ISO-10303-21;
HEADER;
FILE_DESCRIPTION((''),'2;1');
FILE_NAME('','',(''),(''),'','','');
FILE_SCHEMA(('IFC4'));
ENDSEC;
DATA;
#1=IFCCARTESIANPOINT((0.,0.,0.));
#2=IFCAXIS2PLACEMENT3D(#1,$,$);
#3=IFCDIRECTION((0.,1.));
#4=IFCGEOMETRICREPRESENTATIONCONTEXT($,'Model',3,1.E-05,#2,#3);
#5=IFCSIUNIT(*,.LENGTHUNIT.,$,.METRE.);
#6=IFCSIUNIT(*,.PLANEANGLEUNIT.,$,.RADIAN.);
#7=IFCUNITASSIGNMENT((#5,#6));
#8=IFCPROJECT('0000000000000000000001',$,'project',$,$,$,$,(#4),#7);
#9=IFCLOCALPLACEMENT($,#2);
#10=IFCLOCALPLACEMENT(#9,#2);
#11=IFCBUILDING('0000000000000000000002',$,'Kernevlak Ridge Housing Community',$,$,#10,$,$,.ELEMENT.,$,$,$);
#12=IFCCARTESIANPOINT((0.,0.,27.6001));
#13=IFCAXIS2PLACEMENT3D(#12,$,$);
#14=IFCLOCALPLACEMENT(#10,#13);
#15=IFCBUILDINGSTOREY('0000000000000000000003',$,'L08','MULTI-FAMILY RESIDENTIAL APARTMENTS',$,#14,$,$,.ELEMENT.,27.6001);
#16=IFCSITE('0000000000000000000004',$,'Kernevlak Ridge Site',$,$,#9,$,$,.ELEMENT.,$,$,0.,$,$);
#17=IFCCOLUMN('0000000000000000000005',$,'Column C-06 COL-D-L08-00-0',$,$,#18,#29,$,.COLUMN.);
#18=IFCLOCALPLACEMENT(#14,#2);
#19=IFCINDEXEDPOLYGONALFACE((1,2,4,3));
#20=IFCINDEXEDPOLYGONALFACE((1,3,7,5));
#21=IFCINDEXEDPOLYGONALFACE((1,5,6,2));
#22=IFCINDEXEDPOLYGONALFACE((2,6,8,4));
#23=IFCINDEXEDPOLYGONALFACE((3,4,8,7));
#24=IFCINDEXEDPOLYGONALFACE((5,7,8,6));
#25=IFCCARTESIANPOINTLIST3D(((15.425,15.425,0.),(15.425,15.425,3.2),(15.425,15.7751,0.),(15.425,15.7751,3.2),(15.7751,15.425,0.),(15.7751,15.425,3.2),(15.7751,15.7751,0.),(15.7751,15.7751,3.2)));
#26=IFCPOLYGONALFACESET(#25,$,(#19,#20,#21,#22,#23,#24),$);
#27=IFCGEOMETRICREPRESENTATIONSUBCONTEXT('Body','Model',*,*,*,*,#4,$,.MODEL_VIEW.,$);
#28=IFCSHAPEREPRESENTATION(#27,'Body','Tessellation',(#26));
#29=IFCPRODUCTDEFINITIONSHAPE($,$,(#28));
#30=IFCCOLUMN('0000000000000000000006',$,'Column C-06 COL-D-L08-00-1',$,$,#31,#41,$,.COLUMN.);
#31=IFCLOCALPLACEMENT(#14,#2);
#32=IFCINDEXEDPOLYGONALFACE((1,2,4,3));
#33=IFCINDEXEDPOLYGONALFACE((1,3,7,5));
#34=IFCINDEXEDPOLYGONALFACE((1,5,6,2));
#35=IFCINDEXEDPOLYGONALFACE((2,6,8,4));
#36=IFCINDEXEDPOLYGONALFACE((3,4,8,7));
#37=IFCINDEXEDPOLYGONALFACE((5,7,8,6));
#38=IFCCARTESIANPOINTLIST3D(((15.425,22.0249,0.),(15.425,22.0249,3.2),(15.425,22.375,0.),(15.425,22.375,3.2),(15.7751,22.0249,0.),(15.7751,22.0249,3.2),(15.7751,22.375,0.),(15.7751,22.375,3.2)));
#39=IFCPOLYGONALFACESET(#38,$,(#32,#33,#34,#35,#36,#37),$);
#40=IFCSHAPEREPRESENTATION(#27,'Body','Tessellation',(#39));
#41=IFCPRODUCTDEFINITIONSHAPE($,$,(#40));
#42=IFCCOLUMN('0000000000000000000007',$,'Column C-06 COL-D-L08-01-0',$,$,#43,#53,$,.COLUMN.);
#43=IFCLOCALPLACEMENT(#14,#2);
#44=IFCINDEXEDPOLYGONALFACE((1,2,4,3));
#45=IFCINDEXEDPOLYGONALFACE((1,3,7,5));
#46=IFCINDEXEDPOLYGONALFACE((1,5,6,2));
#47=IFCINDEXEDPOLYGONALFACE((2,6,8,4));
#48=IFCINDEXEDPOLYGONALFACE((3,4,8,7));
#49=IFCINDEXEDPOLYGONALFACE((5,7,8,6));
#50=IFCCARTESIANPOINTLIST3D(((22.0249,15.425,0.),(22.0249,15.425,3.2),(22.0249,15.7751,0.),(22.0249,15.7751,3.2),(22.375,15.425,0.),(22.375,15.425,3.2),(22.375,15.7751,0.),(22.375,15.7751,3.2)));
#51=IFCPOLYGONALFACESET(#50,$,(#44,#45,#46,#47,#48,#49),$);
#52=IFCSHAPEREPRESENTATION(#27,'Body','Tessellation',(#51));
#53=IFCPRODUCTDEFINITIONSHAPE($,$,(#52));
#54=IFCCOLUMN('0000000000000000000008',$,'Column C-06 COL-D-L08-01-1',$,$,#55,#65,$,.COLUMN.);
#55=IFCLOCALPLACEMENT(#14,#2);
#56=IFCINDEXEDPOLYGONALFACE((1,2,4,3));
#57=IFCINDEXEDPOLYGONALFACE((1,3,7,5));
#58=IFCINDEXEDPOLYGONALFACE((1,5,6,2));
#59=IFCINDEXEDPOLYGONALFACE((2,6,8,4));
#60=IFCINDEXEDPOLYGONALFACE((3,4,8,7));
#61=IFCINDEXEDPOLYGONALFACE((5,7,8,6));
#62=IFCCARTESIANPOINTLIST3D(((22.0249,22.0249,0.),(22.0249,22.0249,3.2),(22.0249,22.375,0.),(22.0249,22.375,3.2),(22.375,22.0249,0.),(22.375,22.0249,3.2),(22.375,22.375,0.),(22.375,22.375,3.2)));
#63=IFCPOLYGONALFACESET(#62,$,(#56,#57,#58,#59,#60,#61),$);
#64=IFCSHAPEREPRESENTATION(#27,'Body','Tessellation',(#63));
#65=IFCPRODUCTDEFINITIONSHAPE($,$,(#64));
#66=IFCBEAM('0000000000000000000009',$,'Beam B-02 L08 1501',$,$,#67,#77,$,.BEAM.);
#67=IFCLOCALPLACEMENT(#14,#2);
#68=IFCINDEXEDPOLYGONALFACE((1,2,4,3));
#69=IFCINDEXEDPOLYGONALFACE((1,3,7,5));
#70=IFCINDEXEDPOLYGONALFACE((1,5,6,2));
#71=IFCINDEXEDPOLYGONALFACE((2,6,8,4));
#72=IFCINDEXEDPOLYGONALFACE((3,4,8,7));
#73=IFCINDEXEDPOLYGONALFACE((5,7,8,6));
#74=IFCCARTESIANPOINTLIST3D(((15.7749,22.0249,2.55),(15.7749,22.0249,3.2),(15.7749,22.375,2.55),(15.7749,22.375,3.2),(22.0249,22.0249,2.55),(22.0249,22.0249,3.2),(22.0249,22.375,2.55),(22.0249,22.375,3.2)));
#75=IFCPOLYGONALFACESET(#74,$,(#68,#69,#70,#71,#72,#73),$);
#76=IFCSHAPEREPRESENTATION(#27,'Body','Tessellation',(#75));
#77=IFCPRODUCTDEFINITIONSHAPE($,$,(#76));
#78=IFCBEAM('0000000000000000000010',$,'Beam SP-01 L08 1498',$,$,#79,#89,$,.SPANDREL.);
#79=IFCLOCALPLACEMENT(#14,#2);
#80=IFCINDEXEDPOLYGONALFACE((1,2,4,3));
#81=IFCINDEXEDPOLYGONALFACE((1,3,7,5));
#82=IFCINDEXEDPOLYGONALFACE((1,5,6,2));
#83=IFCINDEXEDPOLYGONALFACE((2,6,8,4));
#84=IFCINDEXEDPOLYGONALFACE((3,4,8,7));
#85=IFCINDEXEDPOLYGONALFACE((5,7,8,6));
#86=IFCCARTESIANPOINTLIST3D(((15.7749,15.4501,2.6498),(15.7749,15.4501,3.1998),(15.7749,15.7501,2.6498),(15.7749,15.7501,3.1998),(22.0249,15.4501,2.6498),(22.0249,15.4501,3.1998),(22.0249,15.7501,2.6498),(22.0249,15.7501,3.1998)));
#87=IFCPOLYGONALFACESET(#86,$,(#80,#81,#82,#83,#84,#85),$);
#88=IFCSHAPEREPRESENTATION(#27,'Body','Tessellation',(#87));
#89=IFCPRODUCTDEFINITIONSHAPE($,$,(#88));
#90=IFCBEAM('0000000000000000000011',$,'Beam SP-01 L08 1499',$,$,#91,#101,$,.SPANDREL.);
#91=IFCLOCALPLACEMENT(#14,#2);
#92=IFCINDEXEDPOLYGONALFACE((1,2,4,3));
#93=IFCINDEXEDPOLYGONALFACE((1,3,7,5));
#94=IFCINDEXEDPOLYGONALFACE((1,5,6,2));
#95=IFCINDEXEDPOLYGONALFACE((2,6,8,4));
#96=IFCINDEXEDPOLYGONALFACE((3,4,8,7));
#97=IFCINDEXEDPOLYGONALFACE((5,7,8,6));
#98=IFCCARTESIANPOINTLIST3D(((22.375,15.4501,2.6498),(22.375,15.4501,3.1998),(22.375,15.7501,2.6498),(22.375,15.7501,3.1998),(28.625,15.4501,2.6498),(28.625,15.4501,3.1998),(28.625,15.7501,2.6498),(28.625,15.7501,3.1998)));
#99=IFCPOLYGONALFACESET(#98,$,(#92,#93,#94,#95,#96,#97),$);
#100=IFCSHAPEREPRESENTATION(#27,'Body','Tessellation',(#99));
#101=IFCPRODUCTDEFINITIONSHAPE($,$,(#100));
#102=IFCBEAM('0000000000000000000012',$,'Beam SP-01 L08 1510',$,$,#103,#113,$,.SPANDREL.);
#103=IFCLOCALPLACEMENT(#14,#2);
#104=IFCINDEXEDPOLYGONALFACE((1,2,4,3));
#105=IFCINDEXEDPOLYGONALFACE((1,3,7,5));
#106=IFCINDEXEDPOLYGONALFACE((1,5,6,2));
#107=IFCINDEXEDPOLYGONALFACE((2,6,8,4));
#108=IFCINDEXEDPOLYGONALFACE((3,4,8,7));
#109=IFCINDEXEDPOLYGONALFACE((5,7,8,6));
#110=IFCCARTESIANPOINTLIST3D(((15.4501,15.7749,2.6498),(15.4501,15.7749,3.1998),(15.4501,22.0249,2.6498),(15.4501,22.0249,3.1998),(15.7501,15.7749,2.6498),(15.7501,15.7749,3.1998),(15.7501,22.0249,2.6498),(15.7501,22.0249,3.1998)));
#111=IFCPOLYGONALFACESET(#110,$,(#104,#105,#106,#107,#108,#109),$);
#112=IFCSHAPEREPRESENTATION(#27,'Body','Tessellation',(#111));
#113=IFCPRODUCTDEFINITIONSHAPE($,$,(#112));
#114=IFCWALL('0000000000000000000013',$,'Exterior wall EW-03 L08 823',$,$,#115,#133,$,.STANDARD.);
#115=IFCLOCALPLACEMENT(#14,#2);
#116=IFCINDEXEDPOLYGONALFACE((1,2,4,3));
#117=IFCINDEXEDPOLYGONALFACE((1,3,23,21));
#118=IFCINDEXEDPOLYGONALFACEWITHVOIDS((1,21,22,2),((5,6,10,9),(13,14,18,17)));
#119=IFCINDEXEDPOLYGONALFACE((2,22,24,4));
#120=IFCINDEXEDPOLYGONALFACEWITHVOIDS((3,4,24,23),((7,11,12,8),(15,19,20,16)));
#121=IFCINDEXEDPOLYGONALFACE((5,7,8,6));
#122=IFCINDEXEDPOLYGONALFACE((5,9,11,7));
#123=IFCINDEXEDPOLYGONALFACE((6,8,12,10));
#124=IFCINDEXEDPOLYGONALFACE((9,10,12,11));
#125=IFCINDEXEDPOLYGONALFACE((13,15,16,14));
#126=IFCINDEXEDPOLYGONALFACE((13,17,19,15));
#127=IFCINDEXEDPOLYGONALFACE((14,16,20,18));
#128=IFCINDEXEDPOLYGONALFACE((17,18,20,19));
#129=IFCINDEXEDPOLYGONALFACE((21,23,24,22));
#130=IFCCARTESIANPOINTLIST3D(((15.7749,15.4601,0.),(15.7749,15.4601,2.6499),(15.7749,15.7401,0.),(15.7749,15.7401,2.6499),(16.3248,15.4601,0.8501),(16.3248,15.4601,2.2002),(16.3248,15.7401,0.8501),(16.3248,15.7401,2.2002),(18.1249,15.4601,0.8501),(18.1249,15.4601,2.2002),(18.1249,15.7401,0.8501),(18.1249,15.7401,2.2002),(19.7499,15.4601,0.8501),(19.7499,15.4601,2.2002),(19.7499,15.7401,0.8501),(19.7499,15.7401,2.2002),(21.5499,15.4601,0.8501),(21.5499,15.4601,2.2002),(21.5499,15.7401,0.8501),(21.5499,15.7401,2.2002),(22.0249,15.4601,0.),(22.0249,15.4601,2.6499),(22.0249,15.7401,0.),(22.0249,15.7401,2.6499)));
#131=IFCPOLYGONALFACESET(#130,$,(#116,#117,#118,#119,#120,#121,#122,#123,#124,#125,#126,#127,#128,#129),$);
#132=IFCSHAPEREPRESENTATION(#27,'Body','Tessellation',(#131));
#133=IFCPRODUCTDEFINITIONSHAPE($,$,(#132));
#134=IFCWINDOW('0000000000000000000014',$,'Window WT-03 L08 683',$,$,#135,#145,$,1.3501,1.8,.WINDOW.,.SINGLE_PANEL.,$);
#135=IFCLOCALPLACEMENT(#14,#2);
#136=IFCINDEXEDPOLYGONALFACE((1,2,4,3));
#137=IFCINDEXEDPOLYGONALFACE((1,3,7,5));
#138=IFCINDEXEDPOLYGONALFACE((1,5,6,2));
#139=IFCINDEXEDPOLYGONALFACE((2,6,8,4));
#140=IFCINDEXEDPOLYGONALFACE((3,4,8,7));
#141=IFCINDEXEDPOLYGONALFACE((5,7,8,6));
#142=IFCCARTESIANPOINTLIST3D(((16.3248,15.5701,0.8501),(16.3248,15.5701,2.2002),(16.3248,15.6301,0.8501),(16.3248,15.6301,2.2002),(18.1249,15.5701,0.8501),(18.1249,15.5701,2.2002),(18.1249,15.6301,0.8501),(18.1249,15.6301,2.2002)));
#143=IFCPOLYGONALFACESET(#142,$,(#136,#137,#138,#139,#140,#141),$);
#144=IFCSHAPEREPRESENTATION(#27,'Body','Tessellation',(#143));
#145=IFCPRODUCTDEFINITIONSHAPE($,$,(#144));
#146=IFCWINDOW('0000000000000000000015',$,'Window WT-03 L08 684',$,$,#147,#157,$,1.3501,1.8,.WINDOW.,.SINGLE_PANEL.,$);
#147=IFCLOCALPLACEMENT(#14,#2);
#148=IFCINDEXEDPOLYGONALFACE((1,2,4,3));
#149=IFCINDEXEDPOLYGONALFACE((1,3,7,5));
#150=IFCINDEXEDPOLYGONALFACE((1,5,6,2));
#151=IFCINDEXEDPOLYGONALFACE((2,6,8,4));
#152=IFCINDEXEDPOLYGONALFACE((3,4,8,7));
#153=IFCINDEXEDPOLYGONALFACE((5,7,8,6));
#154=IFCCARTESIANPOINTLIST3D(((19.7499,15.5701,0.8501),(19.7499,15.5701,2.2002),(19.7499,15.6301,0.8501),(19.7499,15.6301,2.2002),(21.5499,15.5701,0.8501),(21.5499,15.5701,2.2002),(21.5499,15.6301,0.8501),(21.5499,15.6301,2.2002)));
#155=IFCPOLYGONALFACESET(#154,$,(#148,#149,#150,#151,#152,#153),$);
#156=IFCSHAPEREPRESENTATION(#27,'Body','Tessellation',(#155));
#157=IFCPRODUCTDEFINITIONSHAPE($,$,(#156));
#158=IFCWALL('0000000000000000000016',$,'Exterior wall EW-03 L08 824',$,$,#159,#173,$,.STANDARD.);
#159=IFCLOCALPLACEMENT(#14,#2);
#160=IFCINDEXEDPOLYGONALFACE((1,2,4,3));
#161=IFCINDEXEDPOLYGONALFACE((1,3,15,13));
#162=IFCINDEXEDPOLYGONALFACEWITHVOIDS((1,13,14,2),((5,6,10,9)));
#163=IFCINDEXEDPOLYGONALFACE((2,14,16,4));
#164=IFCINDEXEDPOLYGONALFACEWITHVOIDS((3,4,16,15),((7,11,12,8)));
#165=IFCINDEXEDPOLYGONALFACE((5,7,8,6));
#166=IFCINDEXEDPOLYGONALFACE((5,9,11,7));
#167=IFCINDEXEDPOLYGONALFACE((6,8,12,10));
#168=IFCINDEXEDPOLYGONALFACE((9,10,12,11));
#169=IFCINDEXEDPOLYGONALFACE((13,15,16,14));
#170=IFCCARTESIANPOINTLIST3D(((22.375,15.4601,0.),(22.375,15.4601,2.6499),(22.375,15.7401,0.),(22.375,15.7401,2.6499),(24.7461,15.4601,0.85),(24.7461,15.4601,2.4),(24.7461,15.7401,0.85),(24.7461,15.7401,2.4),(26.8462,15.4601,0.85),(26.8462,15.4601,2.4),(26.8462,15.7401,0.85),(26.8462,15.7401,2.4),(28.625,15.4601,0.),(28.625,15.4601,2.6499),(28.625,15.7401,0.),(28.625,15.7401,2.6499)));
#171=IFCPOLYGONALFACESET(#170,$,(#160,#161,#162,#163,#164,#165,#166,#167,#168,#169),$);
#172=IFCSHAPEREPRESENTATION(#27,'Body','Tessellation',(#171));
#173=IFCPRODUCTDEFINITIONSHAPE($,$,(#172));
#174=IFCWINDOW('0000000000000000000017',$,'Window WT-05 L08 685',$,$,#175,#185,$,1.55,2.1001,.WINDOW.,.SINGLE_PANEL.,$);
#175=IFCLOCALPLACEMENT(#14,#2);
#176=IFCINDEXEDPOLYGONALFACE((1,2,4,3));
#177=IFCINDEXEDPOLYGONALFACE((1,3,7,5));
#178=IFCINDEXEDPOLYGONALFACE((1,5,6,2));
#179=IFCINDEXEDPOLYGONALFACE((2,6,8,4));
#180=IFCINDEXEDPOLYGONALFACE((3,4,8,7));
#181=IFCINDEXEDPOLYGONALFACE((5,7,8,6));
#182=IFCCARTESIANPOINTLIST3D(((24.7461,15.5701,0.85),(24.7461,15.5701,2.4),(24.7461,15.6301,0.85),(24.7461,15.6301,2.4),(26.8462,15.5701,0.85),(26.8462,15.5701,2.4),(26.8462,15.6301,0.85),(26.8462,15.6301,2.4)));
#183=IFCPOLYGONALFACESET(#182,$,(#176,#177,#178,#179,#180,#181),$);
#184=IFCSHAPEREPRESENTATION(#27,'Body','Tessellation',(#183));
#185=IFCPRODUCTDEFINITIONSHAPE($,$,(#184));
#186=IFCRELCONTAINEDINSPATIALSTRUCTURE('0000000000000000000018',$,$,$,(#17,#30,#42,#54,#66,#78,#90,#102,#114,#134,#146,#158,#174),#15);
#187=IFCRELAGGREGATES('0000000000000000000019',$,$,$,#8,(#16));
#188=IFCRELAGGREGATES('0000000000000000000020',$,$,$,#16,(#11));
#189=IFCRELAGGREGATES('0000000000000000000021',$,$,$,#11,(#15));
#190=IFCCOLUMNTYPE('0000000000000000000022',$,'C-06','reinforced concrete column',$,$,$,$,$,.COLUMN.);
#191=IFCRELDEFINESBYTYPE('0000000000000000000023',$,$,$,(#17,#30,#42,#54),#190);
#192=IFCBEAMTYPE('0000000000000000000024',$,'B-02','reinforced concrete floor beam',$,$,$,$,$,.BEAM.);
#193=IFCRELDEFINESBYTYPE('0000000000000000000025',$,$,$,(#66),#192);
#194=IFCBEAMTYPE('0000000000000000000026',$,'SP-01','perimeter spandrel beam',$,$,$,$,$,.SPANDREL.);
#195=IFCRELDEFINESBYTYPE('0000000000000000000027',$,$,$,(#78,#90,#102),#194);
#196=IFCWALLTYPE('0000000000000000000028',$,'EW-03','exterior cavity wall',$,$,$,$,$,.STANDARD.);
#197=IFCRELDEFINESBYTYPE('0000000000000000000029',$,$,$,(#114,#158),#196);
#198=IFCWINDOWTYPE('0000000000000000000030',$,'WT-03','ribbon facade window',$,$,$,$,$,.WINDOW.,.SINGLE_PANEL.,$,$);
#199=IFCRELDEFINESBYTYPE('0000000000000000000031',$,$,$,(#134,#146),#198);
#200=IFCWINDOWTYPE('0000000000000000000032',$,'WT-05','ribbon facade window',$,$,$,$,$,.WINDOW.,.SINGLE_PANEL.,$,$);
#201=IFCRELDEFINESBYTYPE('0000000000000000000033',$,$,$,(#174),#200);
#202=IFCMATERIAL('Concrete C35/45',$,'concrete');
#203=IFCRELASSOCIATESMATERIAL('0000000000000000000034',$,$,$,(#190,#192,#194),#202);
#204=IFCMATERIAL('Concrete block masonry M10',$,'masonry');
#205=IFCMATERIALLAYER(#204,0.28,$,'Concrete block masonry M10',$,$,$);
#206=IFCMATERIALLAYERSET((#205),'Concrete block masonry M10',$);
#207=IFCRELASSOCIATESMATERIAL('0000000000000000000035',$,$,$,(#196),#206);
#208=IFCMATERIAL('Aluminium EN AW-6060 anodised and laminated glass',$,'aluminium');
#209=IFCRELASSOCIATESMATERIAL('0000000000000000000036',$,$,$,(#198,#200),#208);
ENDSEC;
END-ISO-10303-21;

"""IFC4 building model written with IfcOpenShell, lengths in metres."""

from ifc_helpers import new_model, si_unit, direction, frame, frame_2d, origin, origin_2d, place, context, subcontext, project, spatial, rectangle, extrude, material, layer, layer_set, material_profile, profile_set, type_object, element, fill, save


model = new_model("IFC4")

# Units and contexts
model_context = context("Model", 3, precision=1e-05, world=origin(), true_north=direction((0.0, 1.0)))
body_context = subcontext(model_context, "Body", "Model", "MODEL_VIEW")
ifc_project = project(units=[si_unit("LENGTHUNIT", "METRE"), si_unit("PLANEANGLEUNIT", "RADIAN")], contexts=[model_context])

# Site, building, storey
site_placement = place(None, origin())
site = spatial("IfcSite", under=ifc_project, at=site_placement, Name="Kernevlak Ridge Site", CompositionType="ELEMENT", RefElevation=0.0)
building_placement = place(site_placement, origin())
building = spatial("IfcBuilding", under=site, at=building_placement, Name="Kernevlak Ridge Housing Community", CompositionType="ELEMENT")
storey_placement = place(building_placement, frame((0.0, 0.0, 27.6001)))
storey = spatial("IfcBuildingStorey", under=building, at=storey_placement, Name="L08", Description="MULTI-FAMILY RESIDENTIAL APARTMENTS", CompositionType="ELEMENT", Elevation=27.6001)

# Columns
ifc_material_1 = material(Name="Concrete C35/45", Category="concrete")
ifc_material_profile_1 = material_profile(ifc_material_1, rectangle(XDim=0.3501, YDim=0.3501, at=origin_2d()), Name="RC 350x350")
ifc_profile_set_1 = profile_set([ifc_material_profile_1], Name="Concrete C35/45")
column_type = type_object("IfcColumnType", Name="C-06", Description="reinforced concrete column", PredefinedType="COLUMN", material=ifc_profile_set_1)
for number, where, z_axis, x_axis, name in (
    (1, (15.6001, 15.6001, 0.0), (0.0, 0.0, 1.0), (1.0, 0.0, 0.0), "Column C-06 COL-D-L08-00-0"),
    (2, (15.6001, 22.2, 0.0), (0.0, 0.0, 1.0), (1.0, 0.0, 0.0), "Column C-06 COL-D-L08-00-1"),
    (3, (22.2, 15.6001, 0.0), (0.0, 0.0, 1.0), (1.0, 0.0, 0.0), "Column C-06 COL-D-L08-01-0"),
    (4, (22.2, 22.2, 0.0), (0.0, 0.0, 1.0), (1.0, 0.0, 0.0), "Column C-06 COL-D-L08-01-1"),
):
    element("IfcColumn", number, at=place(storey_placement, frame(where, z_axis=z_axis, x_axis=x_axis)), inside=storey, type_object=column_type, Name=name, PredefinedType="COLUMN", context=body_context, shape_type="SweptSolid", body=[
        extrude(rectangle(XDim=0.3501, YDim=0.3501, at=origin_2d()), origin(), (0.0, 0.0, 1.0), 3.2),
    ])

# Beams
ifc_material_profile_2 = material_profile(ifc_material_1, rectangle(XDim=0.3501, YDim=0.6499, at=origin_2d()), Name="RC 350x650")
ifc_profile_set_2 = profile_set([ifc_material_profile_2], Name="Concrete C35/45")
beam_type_1 = type_object("IfcBeamType", Name="B-02", Description="reinforced concrete floor beam", PredefinedType="BEAM", material=ifc_profile_set_2)
beam_placement = place(storey_placement, frame((15.7749, 22.2, 2.875), z_axis=(1.0, 0.0, 0.0), x_axis=(0.0, 1.0, 0.0)))
element("IfcBeam", 5, at=beam_placement, inside=storey, type_object=beam_type_1, Name="Beam B-02 L08 1501", PredefinedType="BEAM", context=body_context, shape_type="SweptSolid", body=[
    extrude(rectangle(XDim=0.3501, YDim=0.6499, at=origin_2d()), origin(), (0.0, 0.0, 1.0), 6.25),
])
ifc_material_profile_3 = material_profile(ifc_material_1, rectangle(XDim=0.3, YDim=0.55, at=origin_2d()), Name="RC 300x550")
ifc_profile_set_3 = profile_set([ifc_material_profile_3], Name="Concrete C35/45")
beam_type_2 = type_object("IfcBeamType", Name="SP-01", Description="perimeter spandrel beam", PredefinedType="SPANDREL", material=ifc_profile_set_3)
for number, where, z_axis, x_axis, name in (
    (6, (15.7749, 15.6001, 2.9248), (1.0, 0.0, 0.0), (0.0, 1.0, 0.0), "Beam SP-01 L08 1498"),
    (7, (22.375, 15.6001, 2.9248), (1.0, 0.0, 0.0), (0.0, 1.0, 0.0), "Beam SP-01 L08 1499"),
    (8, (15.6001, 15.7749, 2.9248), (0.0, 1.0, 0.0), (-1.0, 0.0, 0.0), "Beam SP-01 L08 1510"),
):
    element("IfcBeam", number, at=place(storey_placement, frame(where, z_axis=z_axis, x_axis=x_axis)), inside=storey, type_object=beam_type_2, Name=name, PredefinedType="SPANDREL", context=body_context, shape_type="SweptSolid", body=[
        extrude(rectangle(XDim=0.3, YDim=0.55, at=origin_2d()), origin(), (0.0, 0.0, 1.0), 6.25),
    ])

# Wall, openings, windows
ifc_material_2 = material(Name="Concrete block masonry M10", Category="masonry")
ifc_layer_1 = layer(ifc_material_2, 0.28, Name="Concrete block masonry M10")
ifc_layer_set_1 = layer_set([ifc_layer_1], Name="Concrete block masonry M10")
wall_type_1 = type_object("IfcWallType", Name="EW-03", Description="exterior cavity wall", PredefinedType="STANDARD", material=ifc_layer_set_1)
wall_1_placement = place(storey_placement, frame((15.7749, 15.6001, 0.0), z_axis=(0.0, 0.0, 1.0), x_axis=(1.0, 0.0, 0.0)))
wall_1 = element("IfcWall", 9, at=wall_1_placement, inside=storey, type_object=wall_type_1, Name="Exterior wall EW-03 L08 823", PredefinedType="STANDARD", context=body_context, shape_type="SweptSolid", body=[
    extrude(rectangle(XDim=6.25, YDim=0.28, at=frame_2d((3.125, 0.0))), origin(), (0.0, 0.0, 1.0), 2.6499),
])
opening_1_placement = place(wall_1_placement, frame((0.55, 0.0, 0.8501)))
opening_1 = element("IfcOpeningElement", 10, at=opening_1_placement, cuts=wall_1, PredefinedType="OPENING", context=body_context, shape_type="SweptSolid", body=[
    extrude(rectangle(XDim=1.8, YDim=1.3501, at=frame_2d((0.8999, 0.675))), frame((0.0, 0.1499, 0.0), z_axis=(0.0, -1.0, 0.0), x_axis=(1.0, 0.0, 0.0)), (0.0, 0.0, 1.0), 0.3),
])
opening_2_placement = place(wall_1_placement, frame((3.9751, 0.0, 0.8501)))
opening_2 = element("IfcOpeningElement", 11, at=opening_2_placement, cuts=wall_1, PredefinedType="OPENING", context=body_context, shape_type="SweptSolid", body=[
    extrude(rectangle(XDim=1.8, YDim=1.3501, at=frame_2d((0.8999, 0.675))), frame((0.0, 0.1499, 0.0), z_axis=(0.0, -1.0, 0.0), x_axis=(1.0, 0.0, 0.0)), (0.0, 0.0, 1.0), 0.3),
])
ifc_material_3 = material(Name="Aluminium EN AW-6060 anodised and laminated glass", Category="aluminium")
window_type_1 = type_object("IfcWindowType", Name="WT-03", Description="ribbon facade window", PartitioningType="SINGLE_PANEL", PredefinedType="WINDOW", material=ifc_material_3)
window_1_placement = place(opening_1_placement, origin())
window_1 = element("IfcWindow", 12, at=window_1_placement, inside=storey, type_object=window_type_1, Name="Window WT-03 L08 683", OverallHeight=1.3501, OverallWidth=1.8, PartitioningType="SINGLE_PANEL", PredefinedType="WINDOW", context=body_context, shape_type="SweptSolid", body=[
    extrude(rectangle(XDim=1.8, YDim=1.3501, at=frame_2d((0.8999, 0.675))), frame((0.0, 0.03, 0.0), z_axis=(0.0, -1.0, 0.0), x_axis=(1.0, 0.0, 0.0)), (0.0, 0.0, 1.0), 0.0601),
])
fill(opening_1, window_1)
window_2_placement = place(opening_2_placement, origin())
window_2 = element("IfcWindow", 13, at=window_2_placement, inside=storey, type_object=window_type_1, Name="Window WT-03 L08 684", OverallHeight=1.3501, OverallWidth=1.8, PartitioningType="SINGLE_PANEL", PredefinedType="WINDOW", context=body_context, shape_type="SweptSolid", body=[
    extrude(rectangle(XDim=1.8, YDim=1.3501, at=frame_2d((0.8999, 0.675))), frame((0.0, 0.03, 0.0), z_axis=(0.0, -1.0, 0.0), x_axis=(1.0, 0.0, 0.0)), (0.0, 0.0, 1.0), 0.0601),
])
fill(opening_2, window_2)

# Wall, opening, window
wall_2_placement = place(storey_placement, frame((22.375, 15.6001, 0.0), z_axis=(0.0, 0.0, 1.0), x_axis=(1.0, 0.0, 0.0)))
wall_2 = element("IfcWall", 14, at=wall_2_placement, inside=storey, type_object=wall_type_1, Name="Exterior wall EW-03 L08 824", PredefinedType="STANDARD", context=body_context, shape_type="SweptSolid", body=[
    extrude(rectangle(XDim=6.25, YDim=0.28, at=frame_2d((3.125, 0.0))), origin(), (0.0, 0.0, 1.0), 2.6499),
])
opening_3_placement = place(wall_2_placement, frame((2.3711, 0.0, 0.8501)))
opening_3 = element("IfcOpeningElement", 15, at=opening_3_placement, cuts=wall_2, PredefinedType="OPENING", context=body_context, shape_type="SweptSolid", body=[
    extrude(rectangle(XDim=2.1001, YDim=1.55, at=frame_2d((1.05, 0.7749))), frame((0.0, 0.1499, 0.0), z_axis=(0.0, -1.0, 0.0), x_axis=(1.0, 0.0, 0.0)), (0.0, 0.0, 1.0), 0.3),
])
window_type_2 = type_object("IfcWindowType", Name="WT-05", Description="ribbon facade window", PartitioningType="SINGLE_PANEL", PredefinedType="WINDOW", material=ifc_material_3)
window_3_placement = place(opening_3_placement, origin())
window_3 = element("IfcWindow", 16, at=window_3_placement, inside=storey, type_object=window_type_2, Name="Window WT-05 L08 685", OverallHeight=1.55, OverallWidth=2.1001, PartitioningType="SINGLE_PANEL", PredefinedType="WINDOW", context=body_context, shape_type="SweptSolid", body=[
    extrude(rectangle(XDim=2.1001, YDim=1.55, at=frame_2d((1.05, 0.7749))), frame((0.0, 0.03, 0.0), z_axis=(0.0, -1.0, 0.0), x_axis=(1.0, 0.0, 0.0)), (0.0, 0.0, 1.0), 0.0601),
])
fill(opening_3, window_3)

save(model, "model.ifc")
